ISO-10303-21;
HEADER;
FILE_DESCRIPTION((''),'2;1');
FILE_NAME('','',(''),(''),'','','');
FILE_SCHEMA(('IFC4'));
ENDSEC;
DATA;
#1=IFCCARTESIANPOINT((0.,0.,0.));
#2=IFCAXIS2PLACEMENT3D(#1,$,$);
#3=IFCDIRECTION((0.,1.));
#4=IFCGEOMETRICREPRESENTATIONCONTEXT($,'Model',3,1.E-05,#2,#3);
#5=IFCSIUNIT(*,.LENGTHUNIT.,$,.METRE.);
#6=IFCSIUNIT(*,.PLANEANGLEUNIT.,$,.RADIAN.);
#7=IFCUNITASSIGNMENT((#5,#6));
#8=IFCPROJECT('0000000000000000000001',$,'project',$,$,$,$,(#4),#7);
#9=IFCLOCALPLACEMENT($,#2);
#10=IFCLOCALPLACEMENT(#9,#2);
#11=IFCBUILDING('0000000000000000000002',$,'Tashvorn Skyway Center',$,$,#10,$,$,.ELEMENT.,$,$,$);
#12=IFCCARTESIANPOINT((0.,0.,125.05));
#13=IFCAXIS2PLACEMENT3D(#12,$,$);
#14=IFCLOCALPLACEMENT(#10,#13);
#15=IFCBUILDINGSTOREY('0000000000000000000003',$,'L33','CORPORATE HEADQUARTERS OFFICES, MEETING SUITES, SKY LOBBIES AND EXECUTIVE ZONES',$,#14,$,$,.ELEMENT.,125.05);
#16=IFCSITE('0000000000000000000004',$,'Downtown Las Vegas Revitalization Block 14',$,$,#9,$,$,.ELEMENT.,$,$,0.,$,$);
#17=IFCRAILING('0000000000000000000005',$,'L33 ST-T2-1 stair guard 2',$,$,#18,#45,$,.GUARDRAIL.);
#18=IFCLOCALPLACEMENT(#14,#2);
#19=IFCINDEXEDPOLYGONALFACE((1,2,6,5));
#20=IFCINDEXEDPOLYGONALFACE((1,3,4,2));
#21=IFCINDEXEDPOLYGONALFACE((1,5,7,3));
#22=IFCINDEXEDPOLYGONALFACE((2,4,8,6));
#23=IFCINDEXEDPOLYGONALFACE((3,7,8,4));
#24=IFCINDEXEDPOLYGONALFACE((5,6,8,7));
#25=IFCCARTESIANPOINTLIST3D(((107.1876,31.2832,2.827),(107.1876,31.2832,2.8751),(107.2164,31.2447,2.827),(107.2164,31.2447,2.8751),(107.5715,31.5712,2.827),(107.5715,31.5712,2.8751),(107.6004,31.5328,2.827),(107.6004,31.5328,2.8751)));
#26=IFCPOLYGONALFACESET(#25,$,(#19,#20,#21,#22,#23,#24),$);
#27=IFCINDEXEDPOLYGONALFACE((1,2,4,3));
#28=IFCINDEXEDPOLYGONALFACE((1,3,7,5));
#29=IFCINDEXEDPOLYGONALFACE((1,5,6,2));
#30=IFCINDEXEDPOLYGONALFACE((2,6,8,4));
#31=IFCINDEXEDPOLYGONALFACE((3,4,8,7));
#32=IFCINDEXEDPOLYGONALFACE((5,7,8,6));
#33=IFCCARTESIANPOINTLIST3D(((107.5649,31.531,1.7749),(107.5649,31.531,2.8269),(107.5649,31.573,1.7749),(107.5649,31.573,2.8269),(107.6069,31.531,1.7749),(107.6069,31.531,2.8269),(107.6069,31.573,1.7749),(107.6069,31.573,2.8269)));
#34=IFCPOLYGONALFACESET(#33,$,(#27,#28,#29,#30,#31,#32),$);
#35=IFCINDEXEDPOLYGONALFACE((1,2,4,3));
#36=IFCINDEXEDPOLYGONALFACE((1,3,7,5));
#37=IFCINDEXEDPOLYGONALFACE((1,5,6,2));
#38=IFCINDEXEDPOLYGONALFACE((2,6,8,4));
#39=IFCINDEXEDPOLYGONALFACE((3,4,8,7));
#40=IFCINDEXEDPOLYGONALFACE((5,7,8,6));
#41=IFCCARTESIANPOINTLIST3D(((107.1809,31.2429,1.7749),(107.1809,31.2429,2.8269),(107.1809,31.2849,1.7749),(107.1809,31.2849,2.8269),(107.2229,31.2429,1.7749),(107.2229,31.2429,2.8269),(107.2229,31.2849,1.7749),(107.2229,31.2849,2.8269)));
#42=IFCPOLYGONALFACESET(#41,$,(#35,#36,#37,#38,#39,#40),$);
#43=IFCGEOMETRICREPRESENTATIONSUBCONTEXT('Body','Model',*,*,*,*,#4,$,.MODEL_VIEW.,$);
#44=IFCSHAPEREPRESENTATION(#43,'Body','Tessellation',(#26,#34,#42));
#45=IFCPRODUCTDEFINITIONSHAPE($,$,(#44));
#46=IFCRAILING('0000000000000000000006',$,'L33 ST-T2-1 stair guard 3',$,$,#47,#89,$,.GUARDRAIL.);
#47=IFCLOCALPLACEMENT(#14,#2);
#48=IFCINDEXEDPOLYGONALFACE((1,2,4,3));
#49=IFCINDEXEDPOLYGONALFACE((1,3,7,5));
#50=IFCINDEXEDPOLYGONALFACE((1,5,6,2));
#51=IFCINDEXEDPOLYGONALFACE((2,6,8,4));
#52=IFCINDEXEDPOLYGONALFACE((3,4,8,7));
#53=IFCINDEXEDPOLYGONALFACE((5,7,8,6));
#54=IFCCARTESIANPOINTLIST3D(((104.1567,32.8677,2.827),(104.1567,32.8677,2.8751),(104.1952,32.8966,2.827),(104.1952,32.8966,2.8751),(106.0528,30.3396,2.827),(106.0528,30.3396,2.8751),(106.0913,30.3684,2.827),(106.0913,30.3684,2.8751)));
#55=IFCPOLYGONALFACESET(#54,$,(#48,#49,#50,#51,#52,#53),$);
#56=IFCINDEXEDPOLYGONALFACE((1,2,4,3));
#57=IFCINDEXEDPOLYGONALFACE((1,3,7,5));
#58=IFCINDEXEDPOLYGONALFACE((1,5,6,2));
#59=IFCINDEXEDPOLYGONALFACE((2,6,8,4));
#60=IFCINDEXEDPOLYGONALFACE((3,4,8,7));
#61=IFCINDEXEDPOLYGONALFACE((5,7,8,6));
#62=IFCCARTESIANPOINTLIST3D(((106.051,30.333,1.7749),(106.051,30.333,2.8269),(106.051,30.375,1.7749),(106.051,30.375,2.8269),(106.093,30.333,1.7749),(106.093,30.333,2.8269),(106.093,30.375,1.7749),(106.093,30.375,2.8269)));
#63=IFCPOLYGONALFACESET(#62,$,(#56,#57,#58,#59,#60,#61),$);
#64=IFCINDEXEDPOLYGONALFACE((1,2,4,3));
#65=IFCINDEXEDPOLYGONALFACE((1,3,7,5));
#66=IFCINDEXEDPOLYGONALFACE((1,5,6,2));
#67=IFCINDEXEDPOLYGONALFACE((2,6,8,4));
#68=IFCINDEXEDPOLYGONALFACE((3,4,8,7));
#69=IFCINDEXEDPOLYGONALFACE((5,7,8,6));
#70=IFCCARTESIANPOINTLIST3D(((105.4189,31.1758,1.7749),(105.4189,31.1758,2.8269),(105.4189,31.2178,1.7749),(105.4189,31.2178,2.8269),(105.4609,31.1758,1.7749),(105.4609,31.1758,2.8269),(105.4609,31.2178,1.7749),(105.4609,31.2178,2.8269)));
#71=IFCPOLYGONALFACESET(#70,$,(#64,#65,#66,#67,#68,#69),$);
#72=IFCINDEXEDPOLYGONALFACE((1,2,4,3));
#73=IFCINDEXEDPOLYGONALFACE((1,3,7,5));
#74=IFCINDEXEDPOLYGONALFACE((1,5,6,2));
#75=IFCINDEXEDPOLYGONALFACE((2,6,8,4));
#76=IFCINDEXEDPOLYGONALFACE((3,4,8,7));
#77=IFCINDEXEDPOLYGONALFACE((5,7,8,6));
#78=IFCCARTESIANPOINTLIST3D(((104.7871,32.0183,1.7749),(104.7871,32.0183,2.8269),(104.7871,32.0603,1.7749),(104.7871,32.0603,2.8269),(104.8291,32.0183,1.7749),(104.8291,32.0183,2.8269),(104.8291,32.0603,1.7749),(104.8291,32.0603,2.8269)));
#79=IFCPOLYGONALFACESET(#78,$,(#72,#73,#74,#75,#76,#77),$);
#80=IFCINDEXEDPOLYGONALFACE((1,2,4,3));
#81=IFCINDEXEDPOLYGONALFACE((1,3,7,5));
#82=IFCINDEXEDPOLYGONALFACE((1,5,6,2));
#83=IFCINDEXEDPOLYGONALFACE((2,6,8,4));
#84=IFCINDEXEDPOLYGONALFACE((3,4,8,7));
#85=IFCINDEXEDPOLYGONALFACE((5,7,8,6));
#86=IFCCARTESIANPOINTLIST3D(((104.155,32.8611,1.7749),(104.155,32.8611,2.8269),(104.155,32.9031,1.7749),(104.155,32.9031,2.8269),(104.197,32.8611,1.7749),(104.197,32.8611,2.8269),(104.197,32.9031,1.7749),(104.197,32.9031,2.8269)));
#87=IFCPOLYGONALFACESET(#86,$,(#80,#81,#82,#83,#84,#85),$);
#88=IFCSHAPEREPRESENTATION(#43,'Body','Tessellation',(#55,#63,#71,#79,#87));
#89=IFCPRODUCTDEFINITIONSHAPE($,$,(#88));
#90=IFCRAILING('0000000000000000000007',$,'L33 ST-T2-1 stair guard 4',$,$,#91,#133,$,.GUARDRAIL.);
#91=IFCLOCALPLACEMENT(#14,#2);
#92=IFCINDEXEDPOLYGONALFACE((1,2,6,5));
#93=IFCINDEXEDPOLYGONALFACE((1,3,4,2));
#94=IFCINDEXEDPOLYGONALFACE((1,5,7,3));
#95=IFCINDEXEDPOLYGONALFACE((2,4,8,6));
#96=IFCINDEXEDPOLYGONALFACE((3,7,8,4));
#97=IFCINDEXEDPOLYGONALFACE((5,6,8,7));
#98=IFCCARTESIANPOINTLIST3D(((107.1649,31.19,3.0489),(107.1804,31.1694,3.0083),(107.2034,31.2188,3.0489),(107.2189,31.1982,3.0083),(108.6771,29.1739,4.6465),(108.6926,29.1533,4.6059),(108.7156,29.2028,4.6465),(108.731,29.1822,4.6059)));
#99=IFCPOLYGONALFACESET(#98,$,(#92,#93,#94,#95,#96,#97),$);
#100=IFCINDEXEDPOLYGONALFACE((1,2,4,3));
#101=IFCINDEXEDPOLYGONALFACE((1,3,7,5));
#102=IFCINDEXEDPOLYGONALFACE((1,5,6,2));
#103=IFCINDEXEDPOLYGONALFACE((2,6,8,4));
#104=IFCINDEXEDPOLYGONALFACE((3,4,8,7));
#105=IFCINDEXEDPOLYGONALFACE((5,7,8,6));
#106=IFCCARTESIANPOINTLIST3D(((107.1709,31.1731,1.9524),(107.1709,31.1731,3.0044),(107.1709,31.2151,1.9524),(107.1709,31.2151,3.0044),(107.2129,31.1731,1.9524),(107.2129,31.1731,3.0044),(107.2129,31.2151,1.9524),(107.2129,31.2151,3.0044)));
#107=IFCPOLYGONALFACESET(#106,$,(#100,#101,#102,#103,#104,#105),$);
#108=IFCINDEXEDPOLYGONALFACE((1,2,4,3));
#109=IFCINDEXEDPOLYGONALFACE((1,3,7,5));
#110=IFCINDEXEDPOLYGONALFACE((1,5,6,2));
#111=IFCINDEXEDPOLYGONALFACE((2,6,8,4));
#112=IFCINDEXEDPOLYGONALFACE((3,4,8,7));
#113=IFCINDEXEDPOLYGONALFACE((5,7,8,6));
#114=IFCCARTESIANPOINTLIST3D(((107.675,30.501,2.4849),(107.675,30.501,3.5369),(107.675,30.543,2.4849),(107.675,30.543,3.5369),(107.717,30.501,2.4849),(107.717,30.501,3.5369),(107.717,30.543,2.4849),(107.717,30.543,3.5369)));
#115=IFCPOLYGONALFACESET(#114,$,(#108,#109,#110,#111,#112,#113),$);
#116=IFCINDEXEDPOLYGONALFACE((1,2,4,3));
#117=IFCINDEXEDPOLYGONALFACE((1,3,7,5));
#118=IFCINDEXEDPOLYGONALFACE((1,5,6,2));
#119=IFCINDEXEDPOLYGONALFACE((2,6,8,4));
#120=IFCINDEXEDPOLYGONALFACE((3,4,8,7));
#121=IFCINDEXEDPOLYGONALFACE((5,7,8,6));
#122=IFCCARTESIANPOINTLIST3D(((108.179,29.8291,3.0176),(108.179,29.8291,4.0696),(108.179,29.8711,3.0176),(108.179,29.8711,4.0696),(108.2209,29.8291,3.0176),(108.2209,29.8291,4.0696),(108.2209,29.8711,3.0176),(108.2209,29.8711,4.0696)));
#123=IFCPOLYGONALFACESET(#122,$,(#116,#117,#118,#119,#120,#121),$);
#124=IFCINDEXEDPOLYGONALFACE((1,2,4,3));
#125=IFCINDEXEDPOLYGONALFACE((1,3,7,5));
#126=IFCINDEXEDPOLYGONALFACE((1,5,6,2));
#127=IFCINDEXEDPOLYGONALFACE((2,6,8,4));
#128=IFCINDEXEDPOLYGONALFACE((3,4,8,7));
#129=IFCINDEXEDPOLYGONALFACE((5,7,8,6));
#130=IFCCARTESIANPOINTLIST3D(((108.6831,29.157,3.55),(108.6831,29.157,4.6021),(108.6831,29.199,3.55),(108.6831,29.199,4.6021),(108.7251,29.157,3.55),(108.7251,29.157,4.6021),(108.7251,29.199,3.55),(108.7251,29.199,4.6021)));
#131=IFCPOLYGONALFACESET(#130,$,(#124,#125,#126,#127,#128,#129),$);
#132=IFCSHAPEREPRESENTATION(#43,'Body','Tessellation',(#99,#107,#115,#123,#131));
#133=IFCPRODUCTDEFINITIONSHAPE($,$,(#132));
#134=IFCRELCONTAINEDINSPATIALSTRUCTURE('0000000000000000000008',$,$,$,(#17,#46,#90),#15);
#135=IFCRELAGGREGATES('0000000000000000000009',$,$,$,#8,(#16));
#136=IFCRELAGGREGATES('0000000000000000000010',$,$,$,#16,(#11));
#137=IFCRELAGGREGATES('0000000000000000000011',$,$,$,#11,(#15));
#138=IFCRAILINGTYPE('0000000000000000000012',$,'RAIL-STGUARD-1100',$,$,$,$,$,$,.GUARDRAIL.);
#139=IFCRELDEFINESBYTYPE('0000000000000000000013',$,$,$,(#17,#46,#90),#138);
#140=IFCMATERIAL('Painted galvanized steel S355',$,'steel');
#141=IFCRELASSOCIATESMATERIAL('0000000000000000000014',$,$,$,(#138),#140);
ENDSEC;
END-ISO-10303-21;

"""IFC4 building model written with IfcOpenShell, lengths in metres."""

from ifc_helpers import new_model, si_unit, direction, frame, origin, origin_2d, place, context, subcontext, project, spatial, rectangle, extrude, material, type_object, element, save


model = new_model("IFC4")

# Units and contexts
model_context = context("Model", 3, precision=1e-05, world=origin(), true_north=direction((0.0, 1.0)))
body_context = subcontext(model_context, "Body", "Model", "MODEL_VIEW")
ifc_project = project(units=[si_unit("LENGTHUNIT", "METRE"), si_unit("PLANEANGLEUNIT", "RADIAN")], contexts=[model_context])

# Site, building, storey
site_placement = place(None, origin())
site = spatial("IfcSite", under=ifc_project, at=site_placement, Name="Downtown Las Vegas Revitalization Block 14", CompositionType="ELEMENT", RefElevation=0.0)
building_placement = place(site_placement, origin())
building = spatial("IfcBuilding", under=site, at=building_placement, Name="Tashvorn Skyway Center", CompositionType="ELEMENT")
storey_placement = place(building_placement, frame((0.0, 0.0, 125.05)))
storey = spatial("IfcBuildingStorey", under=building, at=storey_placement, Name="L33", Description="CORPORATE HEADQUARTERS OFFICES, MEETING SUITES, SKY LOBBIES AND EXECUTIVE ZONES", CompositionType="ELEMENT", Elevation=125.05)

# Railings
ifc_material_1 = material(Name="Painted galvanized steel S355", Category="steel")
railing_type_1 = type_object("IfcRailingType", Name="RAIL-STGUARD-1100", PredefinedType="GUARDRAIL", material=ifc_material_1)
railing_1_placement = place(storey_placement, frame((107.5859, 31.552, 1.7749)))
element("IfcRailing", 1, at=railing_1_placement, inside=storey, type_object=railing_type_1, Name="L33 ST-T2-1 stair guard 2", PredefinedType="GUARDRAIL", context=body_context, shape_type="SweptSolid", body=[
    extrude(rectangle(XDim=0.0481, YDim=0.0481, at=origin_2d()), frame((0.0, 0.0, 1.0762), z_axis=(-0.799939, -0.600081, 0.0), x_axis=(0.600081, -0.799939, 0.0)), (0.0, 0.0, 1.0), 0.48),
    extrude(rectangle(XDim=0.042, YDim=0.042, at=origin_2d()), origin(), (0.0, 0.0, 1.0), 1.052),
    extrude(rectangle(XDim=0.042, YDim=0.042, at=origin_2d()), frame((-0.384, -0.2881, 0.0)), (0.0, 0.0, 1.0), 1.052),
])
railing_2_placement = place(storey_placement, frame((106.072, 30.354, 1.7749)))
element("IfcRailing", 2, at=railing_2_placement, inside=storey, type_object=railing_type_1, Name="L33 ST-T2-1 stair guard 3", PredefinedType="GUARDRAIL", context=body_context, shape_type="SweptSolid", body=[
    extrude(rectangle(XDim=0.0481, YDim=0.0481, at=origin_2d()), frame((0.0, 0.0, 1.0762), z_axis=(-0.599988, 0.800009, 0.0), x_axis=(-0.800009, -0.599988, 0.0)), (0.0, 0.0, 1.0), 3.1602),
    extrude(rectangle(XDim=0.042, YDim=0.042, at=origin_2d()), origin(), (0.0, 0.0, 1.0), 1.052),
    extrude(rectangle(XDim=0.042, YDim=0.042, at=origin_2d()), frame((-0.6321, 0.8428, 0.0)), (0.0, 0.0, 1.0), 1.052),
    extrude(rectangle(XDim=0.042, YDim=0.042, at=origin_2d()), frame((-1.2639, 1.6853, 0.0)), (0.0, 0.0, 1.0), 1.052),
    extrude(rectangle(XDim=0.042, YDim=0.042, at=origin_2d()), frame((-1.896, 2.5281, 0.0)), (0.0, 0.0, 1.0), 1.052),
])
railing_3_placement = place(storey_placement, frame((107.1919, 31.1941, 1.9524)))
element("IfcRailing", 3, at=railing_3_placement, inside=storey, type_object=railing_type_1, Name="L33 ST-T2-1 stair guard 4", PredefinedType="GUARDRAIL", context=body_context, shape_type="SweptSolid", body=[
    extrude(rectangle(XDim=0.0481, YDim=0.0481, at=origin_2d()), frame((0.0, 0.0, 1.0762), z_axis=(0.506779, -0.675651, 0.535416), x_axis=(0.799977, 0.600031, 0.0)), (0.0, 0.0, 1.0), 2.9839),
    extrude(rectangle(XDim=0.042, YDim=0.042, at=origin_2d()), origin(), (0.0, 0.0, 1.0), 1.052),
    extrude(rectangle(XDim=0.042, YDim=0.042, at=origin_2d()), frame((0.5042, -0.6721, 0.5325)), (0.0, 0.0, 1.0), 1.052),
    extrude(rectangle(XDim=0.042, YDim=0.042, at=origin_2d()), frame((1.0081, -1.344, 1.0652)), (0.0, 0.0, 1.0), 1.052),
    extrude(rectangle(XDim=0.042, YDim=0.042, at=origin_2d()), frame((1.5122, -2.0161, 1.5977)), (0.0, 0.0, 1.0), 1.052),
])

save(model, "model.ifc")
